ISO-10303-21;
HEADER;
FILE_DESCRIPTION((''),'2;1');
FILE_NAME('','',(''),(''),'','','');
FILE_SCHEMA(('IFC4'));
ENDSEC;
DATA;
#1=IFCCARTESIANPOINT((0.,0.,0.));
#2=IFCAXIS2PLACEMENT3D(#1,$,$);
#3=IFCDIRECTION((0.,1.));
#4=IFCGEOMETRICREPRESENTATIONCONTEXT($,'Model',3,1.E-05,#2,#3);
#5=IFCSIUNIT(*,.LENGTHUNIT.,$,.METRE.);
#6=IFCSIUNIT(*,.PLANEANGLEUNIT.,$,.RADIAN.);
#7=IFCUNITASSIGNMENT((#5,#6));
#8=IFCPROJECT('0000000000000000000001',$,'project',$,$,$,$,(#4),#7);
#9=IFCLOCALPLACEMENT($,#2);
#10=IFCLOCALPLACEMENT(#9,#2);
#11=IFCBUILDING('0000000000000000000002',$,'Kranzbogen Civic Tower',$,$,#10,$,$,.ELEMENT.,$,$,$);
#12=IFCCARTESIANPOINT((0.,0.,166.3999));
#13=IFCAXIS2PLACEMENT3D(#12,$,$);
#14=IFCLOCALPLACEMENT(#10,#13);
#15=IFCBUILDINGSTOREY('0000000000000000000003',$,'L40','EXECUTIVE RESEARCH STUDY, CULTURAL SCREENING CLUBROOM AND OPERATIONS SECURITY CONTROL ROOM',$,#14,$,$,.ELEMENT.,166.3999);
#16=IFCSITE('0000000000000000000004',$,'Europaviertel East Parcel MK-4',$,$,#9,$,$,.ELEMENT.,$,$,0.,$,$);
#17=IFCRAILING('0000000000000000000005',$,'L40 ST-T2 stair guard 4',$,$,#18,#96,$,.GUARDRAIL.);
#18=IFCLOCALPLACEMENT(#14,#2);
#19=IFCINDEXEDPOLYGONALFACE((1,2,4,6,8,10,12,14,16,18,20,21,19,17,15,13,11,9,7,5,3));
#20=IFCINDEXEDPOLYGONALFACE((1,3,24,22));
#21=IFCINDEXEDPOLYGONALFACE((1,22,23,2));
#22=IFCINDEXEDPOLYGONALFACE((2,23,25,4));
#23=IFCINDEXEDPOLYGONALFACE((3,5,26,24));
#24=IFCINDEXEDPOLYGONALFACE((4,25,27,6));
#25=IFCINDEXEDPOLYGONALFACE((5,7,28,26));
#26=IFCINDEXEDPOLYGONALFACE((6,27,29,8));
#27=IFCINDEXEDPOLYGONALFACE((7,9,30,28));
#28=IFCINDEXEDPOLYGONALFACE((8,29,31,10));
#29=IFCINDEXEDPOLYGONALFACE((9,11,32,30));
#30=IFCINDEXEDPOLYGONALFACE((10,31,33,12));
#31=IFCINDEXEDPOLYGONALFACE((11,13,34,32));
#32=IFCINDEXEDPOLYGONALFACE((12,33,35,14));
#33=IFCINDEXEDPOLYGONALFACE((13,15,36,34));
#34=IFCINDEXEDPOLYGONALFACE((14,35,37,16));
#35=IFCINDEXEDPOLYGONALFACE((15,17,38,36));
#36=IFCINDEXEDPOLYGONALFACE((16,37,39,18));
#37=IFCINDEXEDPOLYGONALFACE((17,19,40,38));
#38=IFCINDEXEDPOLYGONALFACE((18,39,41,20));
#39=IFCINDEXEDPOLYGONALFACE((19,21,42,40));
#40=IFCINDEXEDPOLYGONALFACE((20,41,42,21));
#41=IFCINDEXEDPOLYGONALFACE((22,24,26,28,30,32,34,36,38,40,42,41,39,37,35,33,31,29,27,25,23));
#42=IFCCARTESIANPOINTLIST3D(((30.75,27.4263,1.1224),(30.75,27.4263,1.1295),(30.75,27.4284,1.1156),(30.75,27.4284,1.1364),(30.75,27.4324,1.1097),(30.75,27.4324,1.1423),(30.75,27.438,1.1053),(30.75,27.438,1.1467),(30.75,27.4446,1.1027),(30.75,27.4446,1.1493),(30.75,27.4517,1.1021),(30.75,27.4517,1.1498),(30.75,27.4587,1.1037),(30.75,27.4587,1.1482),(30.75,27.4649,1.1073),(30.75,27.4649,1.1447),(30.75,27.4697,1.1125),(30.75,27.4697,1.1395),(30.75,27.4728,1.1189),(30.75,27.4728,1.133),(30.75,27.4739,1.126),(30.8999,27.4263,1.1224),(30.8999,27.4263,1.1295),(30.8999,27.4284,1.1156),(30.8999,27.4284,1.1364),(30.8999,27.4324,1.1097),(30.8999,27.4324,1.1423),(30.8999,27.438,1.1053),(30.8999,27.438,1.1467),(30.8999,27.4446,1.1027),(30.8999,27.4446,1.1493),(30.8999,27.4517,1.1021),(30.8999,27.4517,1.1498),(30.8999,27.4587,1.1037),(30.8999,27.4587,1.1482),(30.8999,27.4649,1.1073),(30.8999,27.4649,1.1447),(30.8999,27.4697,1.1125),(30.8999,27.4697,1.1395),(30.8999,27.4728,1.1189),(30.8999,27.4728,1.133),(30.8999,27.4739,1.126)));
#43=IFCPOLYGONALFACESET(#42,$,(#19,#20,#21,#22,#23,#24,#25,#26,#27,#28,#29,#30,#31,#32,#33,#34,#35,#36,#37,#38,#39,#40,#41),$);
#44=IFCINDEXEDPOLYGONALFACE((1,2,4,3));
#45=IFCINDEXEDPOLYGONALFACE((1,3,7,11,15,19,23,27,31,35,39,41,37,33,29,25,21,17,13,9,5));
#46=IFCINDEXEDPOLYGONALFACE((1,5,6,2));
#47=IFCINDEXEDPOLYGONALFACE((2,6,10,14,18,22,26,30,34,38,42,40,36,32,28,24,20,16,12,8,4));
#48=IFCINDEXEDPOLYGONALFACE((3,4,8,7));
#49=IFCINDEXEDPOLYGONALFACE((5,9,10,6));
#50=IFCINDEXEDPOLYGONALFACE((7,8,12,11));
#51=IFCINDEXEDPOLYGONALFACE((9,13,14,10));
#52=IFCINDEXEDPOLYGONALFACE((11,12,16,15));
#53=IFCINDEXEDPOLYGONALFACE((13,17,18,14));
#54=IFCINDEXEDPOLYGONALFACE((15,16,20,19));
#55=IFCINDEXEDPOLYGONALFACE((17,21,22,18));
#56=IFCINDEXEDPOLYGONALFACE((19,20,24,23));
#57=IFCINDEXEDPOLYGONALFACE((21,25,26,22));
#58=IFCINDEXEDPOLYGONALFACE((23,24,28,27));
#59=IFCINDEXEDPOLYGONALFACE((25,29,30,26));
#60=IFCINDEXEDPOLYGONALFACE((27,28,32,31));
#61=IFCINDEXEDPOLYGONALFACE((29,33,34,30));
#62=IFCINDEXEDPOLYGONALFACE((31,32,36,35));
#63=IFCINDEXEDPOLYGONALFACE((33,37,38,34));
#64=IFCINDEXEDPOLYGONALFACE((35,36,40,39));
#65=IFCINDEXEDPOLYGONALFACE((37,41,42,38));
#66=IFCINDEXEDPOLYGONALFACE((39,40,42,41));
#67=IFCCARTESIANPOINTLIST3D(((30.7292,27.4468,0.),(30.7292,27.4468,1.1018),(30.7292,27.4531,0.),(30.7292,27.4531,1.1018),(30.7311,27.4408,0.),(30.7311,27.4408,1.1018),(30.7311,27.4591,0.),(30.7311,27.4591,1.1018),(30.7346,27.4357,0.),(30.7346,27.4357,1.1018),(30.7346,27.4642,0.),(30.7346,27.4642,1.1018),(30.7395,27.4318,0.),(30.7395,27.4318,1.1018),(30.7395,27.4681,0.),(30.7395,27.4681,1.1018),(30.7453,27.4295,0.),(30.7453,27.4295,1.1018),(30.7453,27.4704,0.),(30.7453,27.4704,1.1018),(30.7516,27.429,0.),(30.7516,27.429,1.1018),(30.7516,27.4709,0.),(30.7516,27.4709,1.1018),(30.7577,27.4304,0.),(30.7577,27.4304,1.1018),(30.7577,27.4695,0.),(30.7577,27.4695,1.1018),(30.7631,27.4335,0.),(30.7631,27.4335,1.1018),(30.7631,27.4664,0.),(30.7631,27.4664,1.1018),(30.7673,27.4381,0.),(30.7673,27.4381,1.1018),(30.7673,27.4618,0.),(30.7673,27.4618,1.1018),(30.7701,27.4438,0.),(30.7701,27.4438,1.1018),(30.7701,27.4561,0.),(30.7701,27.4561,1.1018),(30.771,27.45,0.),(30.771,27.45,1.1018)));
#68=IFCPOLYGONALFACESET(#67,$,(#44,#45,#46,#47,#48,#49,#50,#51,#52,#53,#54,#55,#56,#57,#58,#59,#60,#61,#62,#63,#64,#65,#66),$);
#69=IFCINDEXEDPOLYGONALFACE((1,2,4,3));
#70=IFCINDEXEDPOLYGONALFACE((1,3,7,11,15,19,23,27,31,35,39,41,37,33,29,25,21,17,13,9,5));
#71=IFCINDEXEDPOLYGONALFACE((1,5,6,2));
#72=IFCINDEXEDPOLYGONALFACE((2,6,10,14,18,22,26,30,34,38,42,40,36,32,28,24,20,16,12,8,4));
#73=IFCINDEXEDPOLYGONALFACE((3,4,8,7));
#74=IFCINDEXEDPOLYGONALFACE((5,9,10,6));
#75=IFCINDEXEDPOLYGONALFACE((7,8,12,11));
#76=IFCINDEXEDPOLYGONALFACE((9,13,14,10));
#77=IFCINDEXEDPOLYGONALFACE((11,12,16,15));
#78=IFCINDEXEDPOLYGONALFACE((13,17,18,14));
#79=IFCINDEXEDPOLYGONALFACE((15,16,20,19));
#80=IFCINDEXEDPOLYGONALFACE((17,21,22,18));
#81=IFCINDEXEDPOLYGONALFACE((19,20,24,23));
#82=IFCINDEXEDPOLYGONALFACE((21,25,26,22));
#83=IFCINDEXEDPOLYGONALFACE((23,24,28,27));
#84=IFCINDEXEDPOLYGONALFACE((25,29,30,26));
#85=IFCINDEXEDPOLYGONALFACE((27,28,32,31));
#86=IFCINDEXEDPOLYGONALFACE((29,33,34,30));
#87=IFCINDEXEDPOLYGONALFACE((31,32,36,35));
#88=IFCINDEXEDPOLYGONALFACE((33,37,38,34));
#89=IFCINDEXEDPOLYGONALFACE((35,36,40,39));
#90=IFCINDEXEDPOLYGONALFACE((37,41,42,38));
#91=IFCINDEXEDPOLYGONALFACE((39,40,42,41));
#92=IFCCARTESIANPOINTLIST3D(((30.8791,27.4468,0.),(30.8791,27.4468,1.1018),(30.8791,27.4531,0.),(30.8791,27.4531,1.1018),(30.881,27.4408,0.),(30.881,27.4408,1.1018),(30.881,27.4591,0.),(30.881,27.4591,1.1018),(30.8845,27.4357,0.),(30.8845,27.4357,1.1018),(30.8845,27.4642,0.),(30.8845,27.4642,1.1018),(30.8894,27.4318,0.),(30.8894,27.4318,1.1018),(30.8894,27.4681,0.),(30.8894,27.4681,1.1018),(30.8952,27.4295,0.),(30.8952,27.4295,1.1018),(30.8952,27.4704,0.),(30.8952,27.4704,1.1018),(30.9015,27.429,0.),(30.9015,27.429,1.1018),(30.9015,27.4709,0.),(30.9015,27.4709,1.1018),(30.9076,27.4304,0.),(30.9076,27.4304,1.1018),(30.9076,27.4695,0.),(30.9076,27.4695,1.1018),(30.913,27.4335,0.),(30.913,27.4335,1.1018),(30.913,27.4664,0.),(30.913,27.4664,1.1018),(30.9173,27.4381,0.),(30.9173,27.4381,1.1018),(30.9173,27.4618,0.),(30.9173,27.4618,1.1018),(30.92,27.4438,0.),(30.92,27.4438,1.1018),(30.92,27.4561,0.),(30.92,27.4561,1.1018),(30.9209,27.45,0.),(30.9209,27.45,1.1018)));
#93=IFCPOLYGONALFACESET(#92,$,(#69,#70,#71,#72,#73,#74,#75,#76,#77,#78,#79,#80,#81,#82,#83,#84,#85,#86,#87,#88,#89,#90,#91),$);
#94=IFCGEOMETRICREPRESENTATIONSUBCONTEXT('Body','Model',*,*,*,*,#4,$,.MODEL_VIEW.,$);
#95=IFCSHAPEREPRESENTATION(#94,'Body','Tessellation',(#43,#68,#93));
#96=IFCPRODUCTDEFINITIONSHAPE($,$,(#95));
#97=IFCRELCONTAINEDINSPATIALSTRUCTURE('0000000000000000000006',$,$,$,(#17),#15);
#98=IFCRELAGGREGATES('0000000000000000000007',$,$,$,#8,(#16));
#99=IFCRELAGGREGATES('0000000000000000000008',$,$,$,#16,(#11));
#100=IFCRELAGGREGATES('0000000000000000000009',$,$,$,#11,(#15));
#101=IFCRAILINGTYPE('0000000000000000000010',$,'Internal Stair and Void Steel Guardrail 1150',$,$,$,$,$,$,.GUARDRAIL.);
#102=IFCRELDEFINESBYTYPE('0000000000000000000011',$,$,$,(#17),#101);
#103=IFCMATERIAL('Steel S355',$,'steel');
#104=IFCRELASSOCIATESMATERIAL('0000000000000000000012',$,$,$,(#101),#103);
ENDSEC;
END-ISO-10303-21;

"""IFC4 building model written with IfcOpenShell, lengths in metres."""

from ifc_helpers import new_model, si_unit, direction, frame, origin, origin_2d, place, context, subcontext, project, spatial, circle, extrude, material, type_object, element, save


model = new_model("IFC4")

# Units and contexts
model_context = context("Model", 3, precision=1e-05, world=origin(), true_north=direction((0.0, 1.0)))
body_context = subcontext(model_context, "Body", "Model", "MODEL_VIEW")
ifc_project = project(units=[si_unit("LENGTHUNIT", "METRE"), si_unit("PLANEANGLEUNIT", "RADIAN")], contexts=[model_context])

# Site, building, storey
site_placement = place(None, origin())
site = spatial("IfcSite", under=ifc_project, at=site_placement, Name="Europaviertel East Parcel MK-4", CompositionType="ELEMENT", RefElevation=0.0)
building_placement = place(site_placement, origin())
building = spatial("IfcBuilding", under=site, at=building_placement, Name="Kranzbogen Civic Tower", CompositionType="ELEMENT")
storey_placement = place(building_placement, frame((0.0, 0.0, 166.3999)))
storey = spatial("IfcBuildingStorey", under=building, at=storey_placement, Name="L40", Description="EXECUTIVE RESEARCH STUDY, CULTURAL SCREENING CLUBROOM AND OPERATIONS SECURITY CONTROL ROOM", CompositionType="ELEMENT", Elevation=166.3999)

# Shared definitions
ifc_material_1 = material(Name="Steel S355", Category="steel")

# Railing
railing_type_1 = type_object("IfcRailingType", Name="Internal Stair and Void Steel Guardrail 1150", PredefinedType="GUARDRAIL", material=ifc_material_1)
railing_1_placement = place(storey_placement, frame((30.75, 27.45, 0.0)))
element("IfcRailing", 1, at=railing_1_placement, inside=storey, type_object=railing_type_1, Name="L40 ST-T2 stair guard 4", PredefinedType="GUARDRAIL", context=body_context, shape_type="SweptSolid", body=[
    extrude(circle(Radius=0.0239, at=origin_2d()), frame((0.0, 0.0, 1.126), z_axis=(1.0, 0.0, 0.0), x_axis=(0.0, 1.0, 0.0)), (0.0, 0.0, 1.0), 0.1499),
    extrude(circle(Radius=0.021, at=origin_2d()), origin(), (0.0, 0.0, 1.0), 1.1018),
    extrude(circle(Radius=0.021, at=origin_2d()), frame((0.1499, 0.0, 0.0)), (0.0, 0.0, 1.0), 1.1018),
])

save(model, "model.ifc")
